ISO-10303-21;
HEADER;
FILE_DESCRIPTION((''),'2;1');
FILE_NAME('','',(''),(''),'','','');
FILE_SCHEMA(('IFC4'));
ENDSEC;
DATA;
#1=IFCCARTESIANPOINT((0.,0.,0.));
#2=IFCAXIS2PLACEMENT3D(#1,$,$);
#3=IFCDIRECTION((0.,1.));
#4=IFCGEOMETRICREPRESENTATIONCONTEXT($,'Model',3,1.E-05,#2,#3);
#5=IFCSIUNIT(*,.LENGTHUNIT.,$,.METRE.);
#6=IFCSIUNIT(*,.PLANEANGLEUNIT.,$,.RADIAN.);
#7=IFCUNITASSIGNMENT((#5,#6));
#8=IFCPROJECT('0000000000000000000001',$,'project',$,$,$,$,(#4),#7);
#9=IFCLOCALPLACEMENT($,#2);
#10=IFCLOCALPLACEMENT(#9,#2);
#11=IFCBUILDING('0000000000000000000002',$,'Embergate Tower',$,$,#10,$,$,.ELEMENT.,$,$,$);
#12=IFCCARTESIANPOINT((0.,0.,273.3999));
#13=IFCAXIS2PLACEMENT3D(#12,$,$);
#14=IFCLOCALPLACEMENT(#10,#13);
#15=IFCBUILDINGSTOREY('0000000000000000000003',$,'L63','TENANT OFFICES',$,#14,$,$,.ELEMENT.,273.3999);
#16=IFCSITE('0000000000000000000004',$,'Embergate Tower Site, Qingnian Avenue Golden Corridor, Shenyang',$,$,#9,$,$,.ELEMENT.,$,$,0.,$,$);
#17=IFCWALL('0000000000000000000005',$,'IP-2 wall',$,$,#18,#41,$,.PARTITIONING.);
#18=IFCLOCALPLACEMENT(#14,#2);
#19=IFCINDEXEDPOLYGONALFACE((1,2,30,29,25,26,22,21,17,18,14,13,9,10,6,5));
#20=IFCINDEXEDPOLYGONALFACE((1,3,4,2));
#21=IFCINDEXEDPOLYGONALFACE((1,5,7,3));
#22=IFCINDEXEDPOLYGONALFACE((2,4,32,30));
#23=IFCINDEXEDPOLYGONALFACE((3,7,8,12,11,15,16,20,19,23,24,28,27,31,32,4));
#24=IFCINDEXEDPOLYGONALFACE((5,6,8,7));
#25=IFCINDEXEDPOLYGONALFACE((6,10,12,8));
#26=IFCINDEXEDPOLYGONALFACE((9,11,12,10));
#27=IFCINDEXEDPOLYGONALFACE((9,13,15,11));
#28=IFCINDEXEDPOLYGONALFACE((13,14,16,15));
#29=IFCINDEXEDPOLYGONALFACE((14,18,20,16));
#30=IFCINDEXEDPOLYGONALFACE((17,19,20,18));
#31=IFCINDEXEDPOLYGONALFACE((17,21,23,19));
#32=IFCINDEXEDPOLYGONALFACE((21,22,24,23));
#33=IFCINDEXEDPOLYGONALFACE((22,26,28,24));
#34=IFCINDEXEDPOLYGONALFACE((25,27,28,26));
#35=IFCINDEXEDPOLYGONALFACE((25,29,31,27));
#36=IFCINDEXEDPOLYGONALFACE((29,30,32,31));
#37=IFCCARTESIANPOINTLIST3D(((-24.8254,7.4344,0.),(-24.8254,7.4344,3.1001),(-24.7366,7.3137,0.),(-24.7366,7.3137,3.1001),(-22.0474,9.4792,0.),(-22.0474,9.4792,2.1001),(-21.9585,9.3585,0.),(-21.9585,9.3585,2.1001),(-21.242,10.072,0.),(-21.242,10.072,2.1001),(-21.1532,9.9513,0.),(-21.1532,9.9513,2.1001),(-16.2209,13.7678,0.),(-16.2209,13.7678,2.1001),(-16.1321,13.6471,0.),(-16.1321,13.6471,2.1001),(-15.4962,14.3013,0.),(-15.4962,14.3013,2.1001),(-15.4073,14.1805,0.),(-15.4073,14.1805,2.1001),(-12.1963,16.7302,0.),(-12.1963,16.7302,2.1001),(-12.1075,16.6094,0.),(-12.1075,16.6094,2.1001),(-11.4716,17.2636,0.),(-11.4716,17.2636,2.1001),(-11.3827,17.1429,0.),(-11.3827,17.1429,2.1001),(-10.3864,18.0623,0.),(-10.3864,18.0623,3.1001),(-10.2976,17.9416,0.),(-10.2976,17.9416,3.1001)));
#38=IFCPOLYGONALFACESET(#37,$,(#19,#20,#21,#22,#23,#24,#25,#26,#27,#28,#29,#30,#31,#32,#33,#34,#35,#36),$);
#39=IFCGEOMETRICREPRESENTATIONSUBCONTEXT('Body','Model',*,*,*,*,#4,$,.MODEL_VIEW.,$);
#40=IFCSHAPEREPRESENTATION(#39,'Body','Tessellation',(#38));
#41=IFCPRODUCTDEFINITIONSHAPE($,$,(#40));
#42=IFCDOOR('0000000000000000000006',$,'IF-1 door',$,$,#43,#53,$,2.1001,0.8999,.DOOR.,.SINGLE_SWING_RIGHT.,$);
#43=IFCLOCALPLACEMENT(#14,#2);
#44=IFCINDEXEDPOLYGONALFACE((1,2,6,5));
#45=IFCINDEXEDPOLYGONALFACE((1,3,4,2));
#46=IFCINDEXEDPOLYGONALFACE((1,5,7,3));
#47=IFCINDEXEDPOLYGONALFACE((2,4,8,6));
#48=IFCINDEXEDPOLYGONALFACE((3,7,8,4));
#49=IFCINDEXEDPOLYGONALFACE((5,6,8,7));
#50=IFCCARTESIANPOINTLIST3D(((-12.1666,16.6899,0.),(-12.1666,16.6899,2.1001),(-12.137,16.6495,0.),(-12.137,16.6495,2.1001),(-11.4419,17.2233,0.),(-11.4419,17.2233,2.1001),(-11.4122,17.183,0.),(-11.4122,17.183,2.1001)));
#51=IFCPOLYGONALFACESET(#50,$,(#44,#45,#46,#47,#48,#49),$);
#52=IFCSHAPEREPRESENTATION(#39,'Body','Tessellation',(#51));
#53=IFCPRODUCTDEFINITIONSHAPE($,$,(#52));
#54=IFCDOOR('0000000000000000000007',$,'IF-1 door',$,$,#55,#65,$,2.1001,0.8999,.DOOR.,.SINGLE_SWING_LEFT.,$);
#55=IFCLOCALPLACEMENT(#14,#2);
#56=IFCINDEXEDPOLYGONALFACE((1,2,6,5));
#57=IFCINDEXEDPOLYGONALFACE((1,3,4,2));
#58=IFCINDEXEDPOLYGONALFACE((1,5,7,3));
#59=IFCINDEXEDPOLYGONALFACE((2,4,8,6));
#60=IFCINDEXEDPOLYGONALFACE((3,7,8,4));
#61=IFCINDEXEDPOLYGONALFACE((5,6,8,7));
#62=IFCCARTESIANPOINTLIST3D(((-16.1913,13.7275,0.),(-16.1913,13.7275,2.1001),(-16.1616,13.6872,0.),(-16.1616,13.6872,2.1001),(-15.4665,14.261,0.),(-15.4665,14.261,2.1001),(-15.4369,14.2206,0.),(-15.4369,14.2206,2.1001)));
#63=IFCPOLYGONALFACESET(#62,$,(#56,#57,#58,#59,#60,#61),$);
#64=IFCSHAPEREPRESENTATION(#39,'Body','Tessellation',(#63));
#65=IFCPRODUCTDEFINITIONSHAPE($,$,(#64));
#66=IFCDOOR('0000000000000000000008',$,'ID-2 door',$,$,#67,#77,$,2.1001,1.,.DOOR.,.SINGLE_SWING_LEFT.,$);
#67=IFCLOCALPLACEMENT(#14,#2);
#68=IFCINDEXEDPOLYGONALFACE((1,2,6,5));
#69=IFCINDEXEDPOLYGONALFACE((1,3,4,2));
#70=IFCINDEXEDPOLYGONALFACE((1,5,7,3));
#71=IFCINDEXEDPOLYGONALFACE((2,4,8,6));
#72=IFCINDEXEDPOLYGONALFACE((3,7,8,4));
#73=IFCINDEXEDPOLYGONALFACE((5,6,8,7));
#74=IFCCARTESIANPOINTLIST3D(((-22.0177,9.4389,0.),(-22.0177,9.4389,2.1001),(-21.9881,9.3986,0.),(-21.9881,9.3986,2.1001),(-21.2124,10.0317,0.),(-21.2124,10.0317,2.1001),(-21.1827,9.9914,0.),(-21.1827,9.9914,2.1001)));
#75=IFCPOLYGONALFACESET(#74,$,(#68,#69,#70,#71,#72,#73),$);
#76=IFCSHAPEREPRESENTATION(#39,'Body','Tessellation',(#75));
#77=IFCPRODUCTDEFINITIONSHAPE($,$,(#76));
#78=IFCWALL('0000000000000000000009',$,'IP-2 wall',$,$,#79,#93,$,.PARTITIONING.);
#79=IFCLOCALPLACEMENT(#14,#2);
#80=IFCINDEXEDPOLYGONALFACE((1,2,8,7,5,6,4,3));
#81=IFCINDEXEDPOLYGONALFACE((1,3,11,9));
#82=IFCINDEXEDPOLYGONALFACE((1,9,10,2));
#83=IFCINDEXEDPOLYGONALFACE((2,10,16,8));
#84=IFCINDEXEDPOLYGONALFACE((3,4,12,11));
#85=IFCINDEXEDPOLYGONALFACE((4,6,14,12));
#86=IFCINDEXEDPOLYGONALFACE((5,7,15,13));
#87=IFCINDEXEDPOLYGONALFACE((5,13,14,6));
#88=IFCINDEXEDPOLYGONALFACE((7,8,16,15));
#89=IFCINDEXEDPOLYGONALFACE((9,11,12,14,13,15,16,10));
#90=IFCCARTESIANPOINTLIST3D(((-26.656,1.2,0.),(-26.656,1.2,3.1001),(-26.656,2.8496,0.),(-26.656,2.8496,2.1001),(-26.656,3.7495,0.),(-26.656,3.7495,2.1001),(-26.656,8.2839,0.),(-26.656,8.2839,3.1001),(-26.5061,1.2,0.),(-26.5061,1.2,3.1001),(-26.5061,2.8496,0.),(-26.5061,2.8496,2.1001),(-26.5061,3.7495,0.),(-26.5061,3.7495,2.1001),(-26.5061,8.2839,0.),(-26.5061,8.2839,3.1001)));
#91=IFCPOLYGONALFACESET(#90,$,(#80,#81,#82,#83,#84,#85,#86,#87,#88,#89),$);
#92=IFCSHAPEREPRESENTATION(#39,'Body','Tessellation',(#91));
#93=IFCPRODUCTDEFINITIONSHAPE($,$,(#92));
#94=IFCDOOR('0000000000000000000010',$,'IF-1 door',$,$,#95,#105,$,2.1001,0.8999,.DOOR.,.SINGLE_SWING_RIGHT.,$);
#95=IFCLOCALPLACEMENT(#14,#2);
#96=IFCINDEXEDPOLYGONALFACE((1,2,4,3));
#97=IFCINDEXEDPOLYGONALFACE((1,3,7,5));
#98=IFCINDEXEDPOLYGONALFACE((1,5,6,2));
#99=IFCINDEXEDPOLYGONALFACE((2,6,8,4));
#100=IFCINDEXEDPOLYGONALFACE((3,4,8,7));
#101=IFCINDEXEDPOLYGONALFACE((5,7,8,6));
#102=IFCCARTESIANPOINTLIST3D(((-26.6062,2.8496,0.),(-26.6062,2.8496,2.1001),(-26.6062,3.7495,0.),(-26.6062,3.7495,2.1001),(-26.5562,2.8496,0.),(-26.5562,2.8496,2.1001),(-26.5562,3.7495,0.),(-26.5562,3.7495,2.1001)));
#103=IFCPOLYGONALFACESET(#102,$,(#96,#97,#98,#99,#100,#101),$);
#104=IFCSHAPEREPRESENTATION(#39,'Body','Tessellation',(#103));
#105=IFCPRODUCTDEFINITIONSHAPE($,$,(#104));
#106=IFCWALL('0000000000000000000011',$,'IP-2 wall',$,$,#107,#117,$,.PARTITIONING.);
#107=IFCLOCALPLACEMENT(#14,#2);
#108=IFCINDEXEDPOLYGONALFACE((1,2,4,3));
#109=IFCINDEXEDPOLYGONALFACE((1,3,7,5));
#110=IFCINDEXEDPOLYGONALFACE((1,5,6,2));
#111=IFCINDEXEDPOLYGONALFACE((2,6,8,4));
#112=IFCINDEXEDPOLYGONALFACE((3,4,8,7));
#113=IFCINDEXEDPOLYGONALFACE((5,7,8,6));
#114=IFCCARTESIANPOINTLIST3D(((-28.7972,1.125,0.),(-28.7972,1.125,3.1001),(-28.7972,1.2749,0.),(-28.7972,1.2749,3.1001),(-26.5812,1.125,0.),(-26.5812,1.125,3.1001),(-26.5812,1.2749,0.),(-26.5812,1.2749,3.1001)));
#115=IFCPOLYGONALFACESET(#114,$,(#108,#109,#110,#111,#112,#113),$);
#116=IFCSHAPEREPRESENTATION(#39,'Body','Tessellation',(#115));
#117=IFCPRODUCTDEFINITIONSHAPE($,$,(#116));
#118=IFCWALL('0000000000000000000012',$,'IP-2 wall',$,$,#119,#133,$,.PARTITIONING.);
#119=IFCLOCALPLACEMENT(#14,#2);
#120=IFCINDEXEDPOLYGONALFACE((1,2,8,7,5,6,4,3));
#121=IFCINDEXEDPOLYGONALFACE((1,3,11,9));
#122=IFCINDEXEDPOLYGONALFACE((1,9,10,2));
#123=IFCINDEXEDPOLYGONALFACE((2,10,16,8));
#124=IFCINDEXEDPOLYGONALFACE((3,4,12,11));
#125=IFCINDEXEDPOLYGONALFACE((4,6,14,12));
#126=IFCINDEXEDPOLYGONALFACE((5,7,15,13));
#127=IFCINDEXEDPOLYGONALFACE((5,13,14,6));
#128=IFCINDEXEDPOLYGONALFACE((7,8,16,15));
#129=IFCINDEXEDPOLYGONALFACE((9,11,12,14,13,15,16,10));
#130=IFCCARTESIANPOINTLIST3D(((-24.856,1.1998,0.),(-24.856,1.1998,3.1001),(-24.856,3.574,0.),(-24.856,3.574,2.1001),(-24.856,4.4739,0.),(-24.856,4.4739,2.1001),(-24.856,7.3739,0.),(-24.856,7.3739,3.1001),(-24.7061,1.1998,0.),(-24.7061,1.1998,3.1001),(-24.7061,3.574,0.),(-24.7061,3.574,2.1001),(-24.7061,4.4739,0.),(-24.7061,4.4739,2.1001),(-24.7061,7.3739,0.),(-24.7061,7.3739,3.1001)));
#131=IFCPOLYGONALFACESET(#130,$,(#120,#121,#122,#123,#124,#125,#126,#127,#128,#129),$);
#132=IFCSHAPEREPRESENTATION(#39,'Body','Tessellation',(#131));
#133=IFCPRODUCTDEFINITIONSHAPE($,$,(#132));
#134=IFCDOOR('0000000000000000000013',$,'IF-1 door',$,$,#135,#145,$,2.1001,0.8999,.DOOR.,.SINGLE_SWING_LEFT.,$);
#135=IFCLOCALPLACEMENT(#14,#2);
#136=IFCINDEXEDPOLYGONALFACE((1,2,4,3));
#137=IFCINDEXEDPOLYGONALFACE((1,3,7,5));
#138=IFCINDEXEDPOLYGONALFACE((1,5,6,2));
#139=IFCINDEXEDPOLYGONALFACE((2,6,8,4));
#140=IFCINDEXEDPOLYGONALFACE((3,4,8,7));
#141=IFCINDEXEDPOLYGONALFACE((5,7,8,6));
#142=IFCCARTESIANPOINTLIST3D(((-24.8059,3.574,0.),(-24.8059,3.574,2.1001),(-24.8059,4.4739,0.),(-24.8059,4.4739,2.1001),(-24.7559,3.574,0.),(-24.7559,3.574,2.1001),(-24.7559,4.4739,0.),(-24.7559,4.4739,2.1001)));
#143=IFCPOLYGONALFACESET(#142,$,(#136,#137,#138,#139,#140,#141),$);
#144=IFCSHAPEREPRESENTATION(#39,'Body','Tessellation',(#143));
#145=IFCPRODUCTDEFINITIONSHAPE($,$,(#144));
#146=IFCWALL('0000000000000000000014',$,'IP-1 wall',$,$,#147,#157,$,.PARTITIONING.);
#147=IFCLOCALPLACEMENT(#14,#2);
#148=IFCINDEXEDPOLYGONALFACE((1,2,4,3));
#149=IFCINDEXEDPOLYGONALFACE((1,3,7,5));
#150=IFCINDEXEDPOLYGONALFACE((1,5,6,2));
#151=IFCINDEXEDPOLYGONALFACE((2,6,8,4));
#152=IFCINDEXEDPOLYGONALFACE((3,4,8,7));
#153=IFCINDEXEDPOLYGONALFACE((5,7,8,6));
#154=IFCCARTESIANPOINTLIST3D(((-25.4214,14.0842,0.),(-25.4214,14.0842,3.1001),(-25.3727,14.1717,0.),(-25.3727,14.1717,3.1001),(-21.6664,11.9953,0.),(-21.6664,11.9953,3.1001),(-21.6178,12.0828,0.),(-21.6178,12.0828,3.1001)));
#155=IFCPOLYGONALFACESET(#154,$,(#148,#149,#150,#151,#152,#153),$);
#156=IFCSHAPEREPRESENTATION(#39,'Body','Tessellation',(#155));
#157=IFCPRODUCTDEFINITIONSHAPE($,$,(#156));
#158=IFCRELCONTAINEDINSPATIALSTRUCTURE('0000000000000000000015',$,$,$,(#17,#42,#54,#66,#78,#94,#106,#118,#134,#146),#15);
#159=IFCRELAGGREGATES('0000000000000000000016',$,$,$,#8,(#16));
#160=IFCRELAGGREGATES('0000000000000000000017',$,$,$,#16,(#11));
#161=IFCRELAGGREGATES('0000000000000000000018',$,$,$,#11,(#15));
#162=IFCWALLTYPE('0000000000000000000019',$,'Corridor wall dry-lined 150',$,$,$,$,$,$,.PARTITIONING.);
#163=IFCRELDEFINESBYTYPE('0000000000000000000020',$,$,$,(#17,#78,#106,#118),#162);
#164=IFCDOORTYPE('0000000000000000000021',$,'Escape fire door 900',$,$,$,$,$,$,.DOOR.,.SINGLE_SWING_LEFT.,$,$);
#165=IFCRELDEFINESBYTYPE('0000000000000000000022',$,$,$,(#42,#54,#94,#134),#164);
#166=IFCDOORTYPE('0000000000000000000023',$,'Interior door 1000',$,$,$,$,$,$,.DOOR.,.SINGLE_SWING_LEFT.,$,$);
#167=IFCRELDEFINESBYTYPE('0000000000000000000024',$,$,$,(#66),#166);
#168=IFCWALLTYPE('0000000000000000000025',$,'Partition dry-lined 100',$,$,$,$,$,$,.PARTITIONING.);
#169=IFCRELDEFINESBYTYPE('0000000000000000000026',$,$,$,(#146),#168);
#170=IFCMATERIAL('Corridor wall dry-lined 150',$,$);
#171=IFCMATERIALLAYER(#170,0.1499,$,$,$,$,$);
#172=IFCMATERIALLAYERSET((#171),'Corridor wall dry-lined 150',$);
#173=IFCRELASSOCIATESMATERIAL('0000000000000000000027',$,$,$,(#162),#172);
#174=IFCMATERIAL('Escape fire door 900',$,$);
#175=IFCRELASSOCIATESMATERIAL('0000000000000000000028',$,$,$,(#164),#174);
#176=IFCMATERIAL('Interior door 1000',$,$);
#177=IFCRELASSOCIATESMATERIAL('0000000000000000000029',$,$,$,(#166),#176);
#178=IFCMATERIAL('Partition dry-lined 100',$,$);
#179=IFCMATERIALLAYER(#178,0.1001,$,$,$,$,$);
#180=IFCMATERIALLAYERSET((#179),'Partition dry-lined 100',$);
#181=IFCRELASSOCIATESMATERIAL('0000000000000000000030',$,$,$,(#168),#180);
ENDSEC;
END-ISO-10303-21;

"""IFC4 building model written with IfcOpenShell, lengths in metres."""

from ifc_helpers import new_model, si_unit, direction, frame, frame_2d, origin, place, context, subcontext, project, spatial, rectangle, extrude, source, transform, mapped, material, layer, layer_set, type_object, element, fill, save


model = new_model("IFC4")

# Units and contexts
model_context = context("Model", 3, precision=1e-05, world=origin(), true_north=direction((0.0, 1.0)))
body_context = subcontext(model_context, "Body", "Model", "MODEL_VIEW")
ifc_project = project(units=[si_unit("LENGTHUNIT", "METRE"), si_unit("PLANEANGLEUNIT", "RADIAN")], contexts=[model_context])

# Site, building, storey
site_placement = place(None, origin())
site = spatial("IfcSite", under=ifc_project, at=site_placement, Name="Embergate Tower Site, Qingnian Avenue Golden Corridor, Shenyang", CompositionType="ELEMENT", RefElevation=0.0)
building_placement = place(site_placement, origin())
building = spatial("IfcBuilding", under=site, at=building_placement, Name="Embergate Tower", CompositionType="ELEMENT")
storey_placement = place(building_placement, frame((0.0, 0.0, 273.3999)))
storey = spatial("IfcBuildingStorey", under=building, at=storey_placement, Name="L63", Description="TENANT OFFICES", CompositionType="ELEMENT", Elevation=273.3999)

# Wall, openings, doors
ifc_material_1 = material(Name="Corridor wall dry-lined 150")
ifc_layer_1 = layer(ifc_material_1, 0.1499)
ifc_layer_set_1 = layer_set([ifc_layer_1], Name="Corridor wall dry-lined 150")
wall_type_1 = type_object("IfcWallType", Name="Corridor wall dry-lined 150", PredefinedType="PARTITIONING", material=ifc_layer_set_1)
shared_shape_1 = source(origin(), body_context, "Body", "SweptSolid", [
    extrude(rectangle(XDim=17.9287, YDim=0.1499, at=frame_2d((8.9644, 0.0))), origin(), (0.0, 0.0, 1.0), 3.1001),
])
wall_1_placement = place(storey_placement, frame((-24.781, 7.374, 0.0), z_axis=(0.0, 0.0, 1.0), x_axis=(0.805357, 0.59279, 0.0)))
wall_1 = element("IfcWall", 1, at=wall_1_placement, inside=storey, type_object=wall_type_1, Name="IP-2 wall", PredefinedType="PARTITIONING", context=body_context, shape_type="MappedRepresentation", body=[
    mapped(shared_shape_1, transform((0.0, 0.0, 0.0))),
])
shared_shape_2 = source(origin(), body_context, "Body", "SweptSolid", [
    extrude(rectangle(XDim=0.8999, YDim=2.1001, at=frame_2d((0.45, 1.05))), frame((0.0, 0.085, 0.0), z_axis=(0.0, -1.0, 0.0), x_axis=(1.0, 0.0, 0.0)), (0.0, 0.0, 1.0), 0.1699),
])
opening_1_placement = place(wall_1_placement, frame((15.6814, 0.0, 0.0)))
opening_1 = element("IfcOpeningElement", 2, at=opening_1_placement, cuts=wall_1, PredefinedType="OPENING", context=body_context, shape_type="MappedRepresentation", body=[
    mapped(shared_shape_2, transform((0.0, 0.0, 0.0))),
])
opening_2_placement = place(wall_1_placement, frame((10.6841, 0.0, 0.0)))
opening_2 = element("IfcOpeningElement", 3, at=opening_2_placement, cuts=wall_1, PredefinedType="OPENING", context=body_context, shape_type="MappedRepresentation", body=[
    mapped(shared_shape_2, transform((0.0, 0.0, 0.0))),
])
shared_shape_3 = source(origin(), body_context, "Body", "SweptSolid", [
    extrude(rectangle(XDim=1.0, YDim=2.1001, at=frame_2d((0.5, 1.05))), frame((0.0, 0.085, 0.0), z_axis=(0.0, -1.0, 0.0), x_axis=(1.0, 0.0, 0.0)), (0.0, 0.0, 1.0), 0.1699),
])
opening_3_placement = place(wall_1_placement, frame((3.4495, 0.0, 0.0)))
opening_3 = element("IfcOpeningElement", 4, at=opening_3_placement, cuts=wall_1, PredefinedType="OPENING", context=body_context, shape_type="MappedRepresentation", body=[
    mapped(shared_shape_3, transform((0.0, 0.0, 0.0))),
])
ifc_material_2 = material(Name="Escape fire door 900")
door_type_1 = type_object("IfcDoorType", Name="Escape fire door 900", OperationType="SINGLE_SWING_LEFT", PredefinedType="DOOR", material=ifc_material_2)
shared_shape_4 = source(origin(), body_context, "Body", "SweptSolid", [
    extrude(rectangle(XDim=0.8999, YDim=2.1001, at=frame_2d((0.45, 1.05))), frame((0.0, 0.0249, 0.0), z_axis=(0.0, -1.0, 0.0), x_axis=(1.0, 0.0, 0.0)), (0.0, 0.0, 1.0), 0.05),
])
door_1_placement = place(opening_1_placement, origin())
door_1 = element("IfcDoor", 5, at=door_1_placement, inside=storey, type_object=door_type_1, Name="IF-1 door", OperationType="SINGLE_SWING_RIGHT", OverallHeight=2.1001, OverallWidth=0.8999, PredefinedType="DOOR", context=body_context, shape_type="MappedRepresentation", body=[
    mapped(shared_shape_4, transform((0.0, 0.0, 0.0))),
])
fill(opening_1, door_1)
door_2_placement = place(opening_2_placement, origin())
door_2 = element("IfcDoor", 6, at=door_2_placement, inside=storey, type_object=door_type_1, Name="IF-1 door", OperationType="SINGLE_SWING_LEFT", OverallHeight=2.1001, OverallWidth=0.8999, PredefinedType="DOOR", context=body_context, shape_type="MappedRepresentation", body=[
    mapped(shared_shape_4, transform((0.0, 0.0, 0.0))),
])
fill(opening_2, door_2)
ifc_material_3 = material(Name="Interior door 1000")
door_type_2 = type_object("IfcDoorType", Name="Interior door 1000", OperationType="SINGLE_SWING_LEFT", PredefinedType="DOOR", material=ifc_material_3)
shared_shape_5 = source(origin(), body_context, "Body", "SweptSolid", [
    extrude(rectangle(XDim=1.0, YDim=2.1001, at=frame_2d((0.5, 1.05))), frame((0.0, 0.0249, 0.0), z_axis=(0.0, -1.0, 0.0), x_axis=(1.0, 0.0, 0.0)), (0.0, 0.0, 1.0), 0.05),
])
door_3_placement = place(opening_3_placement, origin())
door_3 = element("IfcDoor", 7, at=door_3_placement, inside=storey, type_object=door_type_2, Name="ID-2 door", OperationType="SINGLE_SWING_LEFT", OverallHeight=2.1001, OverallWidth=1.0, PredefinedType="DOOR", context=body_context, shape_type="MappedRepresentation", body=[
    mapped(shared_shape_5, transform((0.0, 0.0, 0.0))),
])
fill(opening_3, door_3)

# Wall, opening, door
shared_shape_6 = source(origin(), body_context, "Body", "SweptSolid", [
    extrude(rectangle(XDim=7.084, YDim=0.1499, at=frame_2d((3.542, 0.0))), origin(), (0.0, 0.0, 1.0), 3.1001),
])
wall_2_placement = place(storey_placement, frame((-26.5811, 8.2839, 0.0), z_axis=(0.0, 0.0, 1.0), x_axis=(0.0, -1.0, 0.0)))
wall_2 = element("IfcWall", 8, at=wall_2_placement, inside=storey, type_object=wall_type_1, Name="IP-2 wall", PredefinedType="PARTITIONING", context=body_context, shape_type="MappedRepresentation", body=[
    mapped(shared_shape_6, transform((0.0, 0.0, 0.0))),
])
opening_4_placement = place(wall_2_placement, frame((4.5344, 0.0, 0.0)))
opening_4 = element("IfcOpeningElement", 9, at=opening_4_placement, cuts=wall_2, PredefinedType="OPENING", context=body_context, shape_type="MappedRepresentation", body=[
    mapped(shared_shape_2, transform((0.0, 0.0, 0.0))),
])
door_4_placement = place(opening_4_placement, origin())
door_4 = element("IfcDoor", 10, at=door_4_placement, inside=storey, type_object=door_type_1, Name="IF-1 door", OperationType="SINGLE_SWING_RIGHT", OverallHeight=2.1001, OverallWidth=0.8999, PredefinedType="DOOR", context=body_context, shape_type="MappedRepresentation", body=[
    mapped(shared_shape_4, transform((0.0, 0.0, 0.0))),
])
fill(opening_4, door_4)

# Wall
shared_shape_7 = source(origin(), body_context, "Body", "SweptSolid", [
    extrude(rectangle(XDim=2.2161, YDim=0.1499, at=frame_2d((1.1079, 0.0))), origin(), (0.0, 0.0, 1.0), 3.1001),
])
wall_3_placement = place(storey_placement, frame((-28.7971, 1.2, 0.0), z_axis=(0.0, 0.0, 1.0), x_axis=(1.0, 0.0, 0.0)))
element("IfcWall", 11, at=wall_3_placement, inside=storey, type_object=wall_type_1, Name="IP-2 wall", PredefinedType="PARTITIONING", context=body_context, shape_type="MappedRepresentation", body=[
    mapped(shared_shape_7, transform((0.0, 0.0, 0.0))),
])

# Wall, opening, door
shared_shape_8 = source(origin(), body_context, "Body", "SweptSolid", [
    extrude(rectangle(XDim=6.1741, YDim=0.1499, at=frame_2d((3.0869, 0.0))), origin(), (0.0, 0.0, 1.0), 3.1001),
])
wall_4_placement = place(storey_placement, frame((-24.781, 1.2, 0.0), z_axis=(0.0, 0.0, 1.0), x_axis=(0.0, 1.0, 0.0)))
wall_4 = element("IfcWall", 12, at=wall_4_placement, inside=storey, type_object=wall_type_1, Name="IP-2 wall", PredefinedType="PARTITIONING", context=body_context, shape_type="MappedRepresentation", body=[
    mapped(shared_shape_8, transform((0.0, 0.0, 0.0))),
])
opening_5_placement = place(wall_4_placement, frame((2.374, 0.0, 0.0)))
opening_5 = element("IfcOpeningElement", 13, at=opening_5_placement, cuts=wall_4, PredefinedType="OPENING", context=body_context, shape_type="MappedRepresentation", body=[
    mapped(shared_shape_2, transform((0.0, 0.0, 0.0))),
])
door_5_placement = place(opening_5_placement, origin())
door_5 = element("IfcDoor", 14, at=door_5_placement, inside=storey, type_object=door_type_1, Name="IF-1 door", OperationType="SINGLE_SWING_LEFT", OverallHeight=2.1001, OverallWidth=0.8999, PredefinedType="DOOR", context=body_context, shape_type="MappedRepresentation", body=[
    mapped(shared_shape_4, transform((0.0, 0.0, 0.0))),
])
fill(opening_5, door_5)

# Wall
ifc_material_4 = material(Name="Partition dry-lined 100")
ifc_layer_2 = layer(ifc_material_4, 0.1001)
ifc_layer_set_2 = layer_set([ifc_layer_2], Name="Partition dry-lined 100")
wall_type_2 = type_object("IfcWallType", Name="Partition dry-lined 100", PredefinedType="PARTITIONING", material=ifc_layer_set_2)
shared_shape_9 = source(origin(), body_context, "Body", "SweptSolid", [
    extrude(rectangle(XDim=4.2969, YDim=0.1001, at=frame_2d((2.1484, 0.0))), origin(), (0.0, 0.0, 1.0), 3.1001),
])
wall_5_placement = place(storey_placement, frame((-21.6421, 12.0391, 0.0), z_axis=(0.0, 0.0, 1.0), x_axis=(-0.873878, 0.486145, 0.0)))
element("IfcWall", 15, at=wall_5_placement, inside=storey, type_object=wall_type_2, Name="IP-1 wall", PredefinedType="PARTITIONING", context=body_context, shape_type="MappedRepresentation", body=[
    mapped(shared_shape_9, transform((0.0, 0.0, 0.0))),
])

save(model, "model.ifc")
